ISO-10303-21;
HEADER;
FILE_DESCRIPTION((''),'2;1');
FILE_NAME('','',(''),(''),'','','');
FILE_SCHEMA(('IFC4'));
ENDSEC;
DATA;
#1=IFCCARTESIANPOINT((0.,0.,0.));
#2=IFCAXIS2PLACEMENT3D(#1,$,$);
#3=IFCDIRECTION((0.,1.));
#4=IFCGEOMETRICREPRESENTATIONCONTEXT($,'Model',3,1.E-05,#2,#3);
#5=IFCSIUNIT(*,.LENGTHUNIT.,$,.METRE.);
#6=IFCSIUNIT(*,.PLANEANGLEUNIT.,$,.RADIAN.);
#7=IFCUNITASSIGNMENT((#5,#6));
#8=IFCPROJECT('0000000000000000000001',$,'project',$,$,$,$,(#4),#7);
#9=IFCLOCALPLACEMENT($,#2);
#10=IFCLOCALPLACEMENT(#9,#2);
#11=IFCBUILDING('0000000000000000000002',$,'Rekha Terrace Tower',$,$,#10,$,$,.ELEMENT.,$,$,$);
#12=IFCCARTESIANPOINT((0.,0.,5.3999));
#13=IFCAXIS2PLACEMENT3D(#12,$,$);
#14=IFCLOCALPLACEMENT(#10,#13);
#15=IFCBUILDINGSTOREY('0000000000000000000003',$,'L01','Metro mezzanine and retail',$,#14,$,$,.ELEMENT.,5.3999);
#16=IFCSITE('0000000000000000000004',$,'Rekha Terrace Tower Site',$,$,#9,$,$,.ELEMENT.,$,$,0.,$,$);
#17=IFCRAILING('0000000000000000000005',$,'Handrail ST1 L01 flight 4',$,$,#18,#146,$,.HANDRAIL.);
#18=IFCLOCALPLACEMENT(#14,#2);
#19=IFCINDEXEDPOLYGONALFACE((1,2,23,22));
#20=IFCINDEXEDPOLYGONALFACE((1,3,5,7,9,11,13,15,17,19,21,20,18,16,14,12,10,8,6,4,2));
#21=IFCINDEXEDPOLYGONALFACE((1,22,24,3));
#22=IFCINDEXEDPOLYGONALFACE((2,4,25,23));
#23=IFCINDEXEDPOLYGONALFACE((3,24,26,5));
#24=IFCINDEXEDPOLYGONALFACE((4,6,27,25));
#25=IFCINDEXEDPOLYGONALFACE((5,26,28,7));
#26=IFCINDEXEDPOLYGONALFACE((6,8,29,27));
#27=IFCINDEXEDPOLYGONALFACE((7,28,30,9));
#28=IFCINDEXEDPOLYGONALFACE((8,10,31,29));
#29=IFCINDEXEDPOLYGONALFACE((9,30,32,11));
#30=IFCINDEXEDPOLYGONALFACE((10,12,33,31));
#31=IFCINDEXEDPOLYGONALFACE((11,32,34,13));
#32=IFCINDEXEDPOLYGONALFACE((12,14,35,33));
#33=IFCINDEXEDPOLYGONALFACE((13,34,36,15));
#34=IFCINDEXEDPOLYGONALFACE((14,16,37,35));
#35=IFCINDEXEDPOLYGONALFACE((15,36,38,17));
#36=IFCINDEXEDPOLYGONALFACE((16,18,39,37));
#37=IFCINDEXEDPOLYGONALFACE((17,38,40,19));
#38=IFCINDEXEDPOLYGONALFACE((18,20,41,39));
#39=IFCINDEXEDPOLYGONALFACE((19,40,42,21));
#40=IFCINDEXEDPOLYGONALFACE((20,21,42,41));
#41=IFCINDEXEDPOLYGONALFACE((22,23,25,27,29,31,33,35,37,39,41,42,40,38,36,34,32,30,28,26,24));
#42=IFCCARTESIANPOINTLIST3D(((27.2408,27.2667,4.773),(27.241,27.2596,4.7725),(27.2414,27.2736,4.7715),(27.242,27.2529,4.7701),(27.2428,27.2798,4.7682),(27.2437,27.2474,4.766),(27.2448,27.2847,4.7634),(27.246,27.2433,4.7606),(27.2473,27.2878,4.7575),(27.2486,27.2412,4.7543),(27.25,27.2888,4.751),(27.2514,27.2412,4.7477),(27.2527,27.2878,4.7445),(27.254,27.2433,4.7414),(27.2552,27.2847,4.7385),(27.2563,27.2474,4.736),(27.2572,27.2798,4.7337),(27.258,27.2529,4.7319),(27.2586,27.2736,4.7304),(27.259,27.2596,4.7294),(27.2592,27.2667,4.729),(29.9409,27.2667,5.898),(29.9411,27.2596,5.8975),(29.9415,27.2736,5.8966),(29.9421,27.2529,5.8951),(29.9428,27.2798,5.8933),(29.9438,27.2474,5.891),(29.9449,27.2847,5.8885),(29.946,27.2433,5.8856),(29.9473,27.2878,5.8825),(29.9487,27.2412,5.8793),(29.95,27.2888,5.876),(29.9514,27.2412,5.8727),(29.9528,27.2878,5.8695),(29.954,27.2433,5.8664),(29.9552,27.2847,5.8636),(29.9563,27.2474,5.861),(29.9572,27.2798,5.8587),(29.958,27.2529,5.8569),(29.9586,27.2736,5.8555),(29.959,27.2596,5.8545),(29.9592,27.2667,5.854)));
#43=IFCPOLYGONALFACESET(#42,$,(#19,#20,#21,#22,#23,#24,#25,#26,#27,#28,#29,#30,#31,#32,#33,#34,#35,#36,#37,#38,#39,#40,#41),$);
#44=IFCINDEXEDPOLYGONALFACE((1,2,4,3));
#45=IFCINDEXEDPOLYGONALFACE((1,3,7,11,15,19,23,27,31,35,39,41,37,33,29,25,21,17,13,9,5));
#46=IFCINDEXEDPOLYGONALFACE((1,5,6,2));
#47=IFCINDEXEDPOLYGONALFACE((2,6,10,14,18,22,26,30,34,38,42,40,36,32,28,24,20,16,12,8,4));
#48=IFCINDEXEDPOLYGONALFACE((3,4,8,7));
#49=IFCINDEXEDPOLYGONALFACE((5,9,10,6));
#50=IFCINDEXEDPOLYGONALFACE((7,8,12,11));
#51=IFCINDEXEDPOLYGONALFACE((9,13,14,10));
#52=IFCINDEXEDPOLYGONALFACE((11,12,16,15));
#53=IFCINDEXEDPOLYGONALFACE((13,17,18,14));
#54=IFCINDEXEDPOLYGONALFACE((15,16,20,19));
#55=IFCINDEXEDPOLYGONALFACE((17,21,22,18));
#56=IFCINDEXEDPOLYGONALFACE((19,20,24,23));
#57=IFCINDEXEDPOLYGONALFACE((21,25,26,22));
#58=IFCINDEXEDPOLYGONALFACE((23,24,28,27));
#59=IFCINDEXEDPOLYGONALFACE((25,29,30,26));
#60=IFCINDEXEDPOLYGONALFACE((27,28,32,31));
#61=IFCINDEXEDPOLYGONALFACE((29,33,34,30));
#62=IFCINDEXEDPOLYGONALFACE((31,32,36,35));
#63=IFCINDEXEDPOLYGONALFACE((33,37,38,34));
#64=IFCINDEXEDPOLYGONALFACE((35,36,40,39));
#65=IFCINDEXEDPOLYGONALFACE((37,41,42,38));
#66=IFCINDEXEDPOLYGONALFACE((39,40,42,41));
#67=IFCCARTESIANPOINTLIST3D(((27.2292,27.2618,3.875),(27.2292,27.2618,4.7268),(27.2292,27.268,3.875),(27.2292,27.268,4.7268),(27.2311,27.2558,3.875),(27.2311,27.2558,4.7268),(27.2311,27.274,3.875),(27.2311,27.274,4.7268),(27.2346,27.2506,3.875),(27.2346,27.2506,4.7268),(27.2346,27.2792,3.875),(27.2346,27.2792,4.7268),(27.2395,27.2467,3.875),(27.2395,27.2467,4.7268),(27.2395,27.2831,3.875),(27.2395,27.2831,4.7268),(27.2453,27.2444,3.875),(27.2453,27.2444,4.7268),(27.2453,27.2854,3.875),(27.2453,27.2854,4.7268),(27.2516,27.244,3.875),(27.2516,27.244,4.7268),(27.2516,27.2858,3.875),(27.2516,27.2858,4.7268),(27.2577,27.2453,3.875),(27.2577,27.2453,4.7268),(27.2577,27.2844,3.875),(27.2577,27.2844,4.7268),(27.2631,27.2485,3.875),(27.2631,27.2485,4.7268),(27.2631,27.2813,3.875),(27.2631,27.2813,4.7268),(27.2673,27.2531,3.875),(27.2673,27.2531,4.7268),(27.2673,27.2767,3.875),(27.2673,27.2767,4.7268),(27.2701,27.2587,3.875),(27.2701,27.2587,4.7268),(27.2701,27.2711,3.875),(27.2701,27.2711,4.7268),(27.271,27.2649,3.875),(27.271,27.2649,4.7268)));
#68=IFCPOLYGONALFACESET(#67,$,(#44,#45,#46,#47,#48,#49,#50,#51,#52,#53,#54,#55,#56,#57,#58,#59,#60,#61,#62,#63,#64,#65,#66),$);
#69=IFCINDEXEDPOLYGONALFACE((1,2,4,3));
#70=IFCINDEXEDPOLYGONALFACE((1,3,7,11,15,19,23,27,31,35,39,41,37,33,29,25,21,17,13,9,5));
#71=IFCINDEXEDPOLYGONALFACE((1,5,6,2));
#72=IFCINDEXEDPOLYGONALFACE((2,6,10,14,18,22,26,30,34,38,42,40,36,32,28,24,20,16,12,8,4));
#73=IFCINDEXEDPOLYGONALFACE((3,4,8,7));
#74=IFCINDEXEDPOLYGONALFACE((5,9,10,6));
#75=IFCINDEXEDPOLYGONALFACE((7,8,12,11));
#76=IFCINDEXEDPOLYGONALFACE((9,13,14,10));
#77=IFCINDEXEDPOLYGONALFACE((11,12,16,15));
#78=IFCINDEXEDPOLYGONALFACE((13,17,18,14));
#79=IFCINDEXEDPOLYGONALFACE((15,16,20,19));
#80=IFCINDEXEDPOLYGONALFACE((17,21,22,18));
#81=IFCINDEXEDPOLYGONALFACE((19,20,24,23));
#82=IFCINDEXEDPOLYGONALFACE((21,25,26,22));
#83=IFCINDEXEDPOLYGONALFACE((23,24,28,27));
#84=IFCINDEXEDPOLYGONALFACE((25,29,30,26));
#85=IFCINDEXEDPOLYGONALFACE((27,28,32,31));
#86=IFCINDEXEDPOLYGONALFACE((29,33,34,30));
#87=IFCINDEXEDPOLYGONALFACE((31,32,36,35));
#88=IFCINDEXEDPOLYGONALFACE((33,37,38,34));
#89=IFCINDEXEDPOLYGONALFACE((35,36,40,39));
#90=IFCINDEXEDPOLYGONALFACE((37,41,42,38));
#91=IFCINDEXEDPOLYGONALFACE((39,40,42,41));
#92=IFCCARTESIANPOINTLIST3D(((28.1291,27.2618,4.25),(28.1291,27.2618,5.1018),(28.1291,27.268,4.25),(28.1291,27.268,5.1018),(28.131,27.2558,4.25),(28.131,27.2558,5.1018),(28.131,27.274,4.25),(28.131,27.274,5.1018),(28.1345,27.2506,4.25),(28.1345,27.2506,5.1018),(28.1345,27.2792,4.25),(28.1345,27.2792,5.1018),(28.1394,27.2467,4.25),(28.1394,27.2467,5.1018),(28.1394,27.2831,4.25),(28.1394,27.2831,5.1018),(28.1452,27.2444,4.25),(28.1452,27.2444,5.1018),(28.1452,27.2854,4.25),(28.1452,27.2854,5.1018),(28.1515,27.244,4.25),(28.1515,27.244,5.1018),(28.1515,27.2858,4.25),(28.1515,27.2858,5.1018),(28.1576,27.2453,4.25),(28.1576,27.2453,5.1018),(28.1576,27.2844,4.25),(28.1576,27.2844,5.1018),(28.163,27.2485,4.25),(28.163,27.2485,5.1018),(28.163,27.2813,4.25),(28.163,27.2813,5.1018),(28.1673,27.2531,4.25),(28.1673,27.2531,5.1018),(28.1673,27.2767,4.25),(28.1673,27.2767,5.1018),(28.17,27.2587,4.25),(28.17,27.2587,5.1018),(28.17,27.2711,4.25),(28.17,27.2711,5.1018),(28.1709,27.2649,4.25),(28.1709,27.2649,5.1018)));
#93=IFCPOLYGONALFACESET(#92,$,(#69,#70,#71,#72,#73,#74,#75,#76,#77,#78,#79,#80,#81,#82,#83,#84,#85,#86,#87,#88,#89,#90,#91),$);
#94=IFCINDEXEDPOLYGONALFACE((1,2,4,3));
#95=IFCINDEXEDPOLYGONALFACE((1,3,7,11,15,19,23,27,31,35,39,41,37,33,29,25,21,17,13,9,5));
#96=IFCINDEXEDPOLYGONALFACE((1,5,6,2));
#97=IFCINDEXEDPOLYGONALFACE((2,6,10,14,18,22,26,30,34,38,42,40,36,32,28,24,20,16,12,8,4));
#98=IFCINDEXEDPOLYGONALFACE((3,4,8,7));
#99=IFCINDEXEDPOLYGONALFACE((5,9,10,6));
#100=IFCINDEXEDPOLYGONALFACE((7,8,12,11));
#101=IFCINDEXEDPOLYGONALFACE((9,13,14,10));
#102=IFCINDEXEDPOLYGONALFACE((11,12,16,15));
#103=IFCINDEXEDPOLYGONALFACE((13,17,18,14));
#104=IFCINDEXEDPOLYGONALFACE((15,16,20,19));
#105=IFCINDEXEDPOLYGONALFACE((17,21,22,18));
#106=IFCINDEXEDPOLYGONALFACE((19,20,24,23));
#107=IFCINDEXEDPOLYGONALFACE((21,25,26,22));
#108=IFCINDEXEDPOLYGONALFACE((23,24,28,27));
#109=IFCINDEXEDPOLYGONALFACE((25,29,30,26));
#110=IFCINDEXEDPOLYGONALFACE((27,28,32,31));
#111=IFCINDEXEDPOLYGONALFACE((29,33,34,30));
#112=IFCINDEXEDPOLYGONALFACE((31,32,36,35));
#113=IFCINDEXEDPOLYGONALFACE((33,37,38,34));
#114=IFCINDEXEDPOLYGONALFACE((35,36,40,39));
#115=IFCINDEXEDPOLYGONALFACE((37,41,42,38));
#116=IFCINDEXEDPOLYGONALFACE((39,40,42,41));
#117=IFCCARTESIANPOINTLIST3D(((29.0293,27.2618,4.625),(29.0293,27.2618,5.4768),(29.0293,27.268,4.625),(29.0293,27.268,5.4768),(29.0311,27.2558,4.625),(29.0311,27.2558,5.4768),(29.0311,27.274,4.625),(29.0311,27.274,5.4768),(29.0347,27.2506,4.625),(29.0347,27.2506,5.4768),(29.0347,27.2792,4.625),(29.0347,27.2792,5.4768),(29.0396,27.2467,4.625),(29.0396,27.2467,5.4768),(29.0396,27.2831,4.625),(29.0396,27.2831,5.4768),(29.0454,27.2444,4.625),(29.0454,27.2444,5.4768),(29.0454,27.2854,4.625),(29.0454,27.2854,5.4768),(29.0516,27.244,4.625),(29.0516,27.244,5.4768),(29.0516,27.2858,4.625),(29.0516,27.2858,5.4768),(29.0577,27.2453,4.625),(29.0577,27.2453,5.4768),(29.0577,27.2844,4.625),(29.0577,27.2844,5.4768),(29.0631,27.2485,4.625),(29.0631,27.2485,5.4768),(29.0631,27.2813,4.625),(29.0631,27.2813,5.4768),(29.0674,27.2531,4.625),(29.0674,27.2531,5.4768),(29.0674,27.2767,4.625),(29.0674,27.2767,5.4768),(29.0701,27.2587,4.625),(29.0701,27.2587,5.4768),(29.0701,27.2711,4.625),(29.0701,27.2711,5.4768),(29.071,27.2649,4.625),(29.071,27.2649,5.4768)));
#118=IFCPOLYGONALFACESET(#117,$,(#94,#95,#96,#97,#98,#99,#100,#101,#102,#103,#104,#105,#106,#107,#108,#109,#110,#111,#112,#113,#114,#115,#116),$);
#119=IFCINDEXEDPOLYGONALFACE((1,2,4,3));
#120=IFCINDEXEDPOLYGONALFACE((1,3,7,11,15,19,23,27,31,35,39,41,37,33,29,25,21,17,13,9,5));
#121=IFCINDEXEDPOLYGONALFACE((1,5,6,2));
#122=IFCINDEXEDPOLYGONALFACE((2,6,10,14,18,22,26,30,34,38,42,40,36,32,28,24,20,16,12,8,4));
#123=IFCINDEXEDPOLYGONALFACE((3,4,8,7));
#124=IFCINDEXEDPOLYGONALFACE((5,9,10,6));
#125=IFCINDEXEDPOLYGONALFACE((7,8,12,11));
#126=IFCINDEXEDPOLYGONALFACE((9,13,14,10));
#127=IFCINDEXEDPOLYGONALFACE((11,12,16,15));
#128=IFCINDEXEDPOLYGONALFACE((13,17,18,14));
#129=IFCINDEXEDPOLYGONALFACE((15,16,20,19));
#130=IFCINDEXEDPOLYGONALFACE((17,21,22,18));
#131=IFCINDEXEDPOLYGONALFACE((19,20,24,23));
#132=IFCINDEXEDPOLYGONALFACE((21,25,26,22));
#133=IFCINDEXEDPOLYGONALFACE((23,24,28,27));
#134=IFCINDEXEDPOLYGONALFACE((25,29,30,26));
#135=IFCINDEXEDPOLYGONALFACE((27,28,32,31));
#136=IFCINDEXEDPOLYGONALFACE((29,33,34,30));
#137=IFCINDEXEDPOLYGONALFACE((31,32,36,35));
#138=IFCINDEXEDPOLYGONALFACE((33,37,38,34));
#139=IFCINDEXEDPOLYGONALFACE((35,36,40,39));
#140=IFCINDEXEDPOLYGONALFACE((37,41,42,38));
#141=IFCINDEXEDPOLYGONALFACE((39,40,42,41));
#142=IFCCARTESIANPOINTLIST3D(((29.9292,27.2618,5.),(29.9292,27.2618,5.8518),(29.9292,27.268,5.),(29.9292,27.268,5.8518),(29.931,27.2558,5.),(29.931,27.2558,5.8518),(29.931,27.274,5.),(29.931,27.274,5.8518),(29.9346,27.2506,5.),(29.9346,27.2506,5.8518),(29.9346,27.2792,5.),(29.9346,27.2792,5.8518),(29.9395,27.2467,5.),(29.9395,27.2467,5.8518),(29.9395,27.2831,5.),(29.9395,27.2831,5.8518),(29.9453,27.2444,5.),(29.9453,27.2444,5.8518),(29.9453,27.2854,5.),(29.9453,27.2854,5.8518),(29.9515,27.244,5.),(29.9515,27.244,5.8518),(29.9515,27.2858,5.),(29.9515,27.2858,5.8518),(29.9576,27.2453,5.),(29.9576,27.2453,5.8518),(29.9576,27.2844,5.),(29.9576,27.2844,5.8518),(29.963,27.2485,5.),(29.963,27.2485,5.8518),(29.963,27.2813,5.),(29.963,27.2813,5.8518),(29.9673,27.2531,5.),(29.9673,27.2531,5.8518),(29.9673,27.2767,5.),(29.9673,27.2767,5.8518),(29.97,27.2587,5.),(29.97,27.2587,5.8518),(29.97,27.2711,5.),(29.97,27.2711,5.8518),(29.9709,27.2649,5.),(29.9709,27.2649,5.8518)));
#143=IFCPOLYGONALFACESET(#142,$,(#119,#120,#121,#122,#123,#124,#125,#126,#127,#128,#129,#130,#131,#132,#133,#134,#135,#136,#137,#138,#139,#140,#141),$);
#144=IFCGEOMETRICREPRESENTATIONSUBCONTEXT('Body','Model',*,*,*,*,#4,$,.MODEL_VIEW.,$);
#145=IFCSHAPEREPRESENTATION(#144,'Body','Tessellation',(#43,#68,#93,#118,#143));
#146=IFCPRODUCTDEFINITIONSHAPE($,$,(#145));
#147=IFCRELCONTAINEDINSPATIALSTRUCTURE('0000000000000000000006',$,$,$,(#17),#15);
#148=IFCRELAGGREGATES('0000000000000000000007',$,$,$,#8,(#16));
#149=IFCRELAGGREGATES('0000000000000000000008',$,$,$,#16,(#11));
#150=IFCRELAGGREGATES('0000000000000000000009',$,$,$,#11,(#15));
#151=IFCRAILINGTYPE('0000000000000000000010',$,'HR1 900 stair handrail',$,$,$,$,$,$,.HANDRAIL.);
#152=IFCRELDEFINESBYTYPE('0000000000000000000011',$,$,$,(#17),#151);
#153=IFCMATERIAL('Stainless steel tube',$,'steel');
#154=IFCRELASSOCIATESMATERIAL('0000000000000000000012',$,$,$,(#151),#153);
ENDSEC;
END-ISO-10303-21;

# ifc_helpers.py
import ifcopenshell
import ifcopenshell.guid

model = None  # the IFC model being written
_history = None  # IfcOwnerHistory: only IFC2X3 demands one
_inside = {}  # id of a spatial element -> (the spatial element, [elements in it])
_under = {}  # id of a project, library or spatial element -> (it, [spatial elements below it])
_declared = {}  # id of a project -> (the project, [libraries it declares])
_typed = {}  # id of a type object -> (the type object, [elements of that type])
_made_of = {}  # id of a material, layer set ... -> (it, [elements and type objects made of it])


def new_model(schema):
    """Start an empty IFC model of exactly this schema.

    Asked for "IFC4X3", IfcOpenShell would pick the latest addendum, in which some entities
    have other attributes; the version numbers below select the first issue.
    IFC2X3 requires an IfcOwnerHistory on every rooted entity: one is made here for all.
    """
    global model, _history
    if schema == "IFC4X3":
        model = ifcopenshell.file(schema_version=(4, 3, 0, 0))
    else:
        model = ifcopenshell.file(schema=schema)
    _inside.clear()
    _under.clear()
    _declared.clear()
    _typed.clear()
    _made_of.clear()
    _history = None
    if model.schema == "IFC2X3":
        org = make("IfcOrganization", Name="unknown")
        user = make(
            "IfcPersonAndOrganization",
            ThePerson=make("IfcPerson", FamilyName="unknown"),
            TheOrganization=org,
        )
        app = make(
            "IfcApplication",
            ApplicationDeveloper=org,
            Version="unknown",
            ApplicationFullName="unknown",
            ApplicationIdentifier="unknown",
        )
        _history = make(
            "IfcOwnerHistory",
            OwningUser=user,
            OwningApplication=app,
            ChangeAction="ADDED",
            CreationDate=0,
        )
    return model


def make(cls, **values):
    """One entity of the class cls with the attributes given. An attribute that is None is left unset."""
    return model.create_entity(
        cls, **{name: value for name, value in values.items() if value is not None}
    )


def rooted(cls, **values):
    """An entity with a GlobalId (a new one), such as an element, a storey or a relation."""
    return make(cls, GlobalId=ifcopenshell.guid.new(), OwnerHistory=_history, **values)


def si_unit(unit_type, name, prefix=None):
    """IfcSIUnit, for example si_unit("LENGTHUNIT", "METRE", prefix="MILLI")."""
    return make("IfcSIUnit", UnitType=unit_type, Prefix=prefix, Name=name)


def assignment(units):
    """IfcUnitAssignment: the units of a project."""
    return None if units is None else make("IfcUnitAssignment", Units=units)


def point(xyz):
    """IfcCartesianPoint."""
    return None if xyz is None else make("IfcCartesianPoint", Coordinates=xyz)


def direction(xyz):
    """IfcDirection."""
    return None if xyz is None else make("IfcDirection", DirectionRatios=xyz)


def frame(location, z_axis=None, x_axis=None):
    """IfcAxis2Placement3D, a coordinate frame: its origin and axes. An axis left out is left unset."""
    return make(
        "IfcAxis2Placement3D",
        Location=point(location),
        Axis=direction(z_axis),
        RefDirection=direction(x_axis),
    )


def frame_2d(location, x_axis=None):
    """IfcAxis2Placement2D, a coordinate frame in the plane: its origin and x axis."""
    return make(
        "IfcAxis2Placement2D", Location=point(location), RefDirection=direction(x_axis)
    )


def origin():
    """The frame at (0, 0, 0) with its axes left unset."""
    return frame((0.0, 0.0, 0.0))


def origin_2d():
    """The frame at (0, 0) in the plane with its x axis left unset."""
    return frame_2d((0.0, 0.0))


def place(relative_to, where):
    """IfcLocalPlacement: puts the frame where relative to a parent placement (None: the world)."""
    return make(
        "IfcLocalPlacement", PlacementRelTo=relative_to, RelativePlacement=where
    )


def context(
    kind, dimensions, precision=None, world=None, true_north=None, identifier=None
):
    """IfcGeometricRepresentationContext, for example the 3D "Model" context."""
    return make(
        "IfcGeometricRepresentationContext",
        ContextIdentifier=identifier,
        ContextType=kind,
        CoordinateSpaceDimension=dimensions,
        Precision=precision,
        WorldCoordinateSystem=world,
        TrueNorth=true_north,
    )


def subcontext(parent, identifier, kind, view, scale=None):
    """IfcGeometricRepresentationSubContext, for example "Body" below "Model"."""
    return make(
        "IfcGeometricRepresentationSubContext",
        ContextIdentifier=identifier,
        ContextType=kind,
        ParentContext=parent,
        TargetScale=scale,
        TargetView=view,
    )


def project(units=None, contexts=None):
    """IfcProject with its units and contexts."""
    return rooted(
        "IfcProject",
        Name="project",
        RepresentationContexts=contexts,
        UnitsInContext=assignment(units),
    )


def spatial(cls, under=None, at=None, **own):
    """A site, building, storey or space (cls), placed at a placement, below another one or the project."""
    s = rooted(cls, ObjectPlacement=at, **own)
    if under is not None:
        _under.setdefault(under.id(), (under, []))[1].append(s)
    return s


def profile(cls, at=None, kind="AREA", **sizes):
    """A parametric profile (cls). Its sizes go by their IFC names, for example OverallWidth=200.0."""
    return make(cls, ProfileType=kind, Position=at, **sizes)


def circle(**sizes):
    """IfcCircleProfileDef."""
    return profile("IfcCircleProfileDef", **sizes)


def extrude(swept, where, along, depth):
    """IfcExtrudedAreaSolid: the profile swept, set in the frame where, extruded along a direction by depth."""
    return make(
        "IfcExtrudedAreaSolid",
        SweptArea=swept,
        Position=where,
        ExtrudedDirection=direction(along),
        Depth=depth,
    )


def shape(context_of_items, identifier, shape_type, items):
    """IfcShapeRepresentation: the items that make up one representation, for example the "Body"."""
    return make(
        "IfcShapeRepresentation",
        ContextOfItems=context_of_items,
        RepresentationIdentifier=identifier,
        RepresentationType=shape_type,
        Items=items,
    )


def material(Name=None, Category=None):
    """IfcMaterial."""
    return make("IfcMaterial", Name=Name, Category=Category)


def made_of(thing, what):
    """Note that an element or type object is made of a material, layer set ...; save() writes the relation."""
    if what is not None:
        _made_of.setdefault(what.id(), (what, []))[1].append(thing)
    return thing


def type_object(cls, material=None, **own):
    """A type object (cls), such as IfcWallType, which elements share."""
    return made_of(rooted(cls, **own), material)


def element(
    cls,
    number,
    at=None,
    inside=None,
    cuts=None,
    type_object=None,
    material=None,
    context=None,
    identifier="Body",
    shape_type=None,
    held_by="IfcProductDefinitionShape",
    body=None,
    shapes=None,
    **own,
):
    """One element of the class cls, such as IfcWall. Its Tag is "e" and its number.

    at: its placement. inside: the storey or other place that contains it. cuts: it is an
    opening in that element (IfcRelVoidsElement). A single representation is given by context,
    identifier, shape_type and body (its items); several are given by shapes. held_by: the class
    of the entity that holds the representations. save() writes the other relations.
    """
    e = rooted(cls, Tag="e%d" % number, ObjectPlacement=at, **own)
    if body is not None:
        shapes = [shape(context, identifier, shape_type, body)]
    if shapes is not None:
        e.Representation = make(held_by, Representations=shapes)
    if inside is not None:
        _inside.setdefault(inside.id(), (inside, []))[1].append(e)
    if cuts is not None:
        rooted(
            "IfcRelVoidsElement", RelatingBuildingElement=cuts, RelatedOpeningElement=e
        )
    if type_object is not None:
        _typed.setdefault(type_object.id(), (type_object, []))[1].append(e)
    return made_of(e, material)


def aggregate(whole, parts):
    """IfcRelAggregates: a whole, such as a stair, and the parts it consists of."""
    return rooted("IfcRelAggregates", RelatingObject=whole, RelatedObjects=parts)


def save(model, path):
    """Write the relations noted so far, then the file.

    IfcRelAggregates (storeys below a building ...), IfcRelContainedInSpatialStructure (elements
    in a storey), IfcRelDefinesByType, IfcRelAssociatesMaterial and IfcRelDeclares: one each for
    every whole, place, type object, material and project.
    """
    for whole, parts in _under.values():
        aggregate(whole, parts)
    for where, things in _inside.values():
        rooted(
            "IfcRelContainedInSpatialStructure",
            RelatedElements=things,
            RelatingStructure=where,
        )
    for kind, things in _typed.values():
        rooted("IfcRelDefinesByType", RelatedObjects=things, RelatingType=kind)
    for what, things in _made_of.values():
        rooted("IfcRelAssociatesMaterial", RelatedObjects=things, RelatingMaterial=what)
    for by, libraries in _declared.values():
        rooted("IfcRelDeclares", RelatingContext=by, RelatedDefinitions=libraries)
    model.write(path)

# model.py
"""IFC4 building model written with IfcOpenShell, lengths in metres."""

from ifc_helpers import new_model, si_unit, direction, frame, origin, origin_2d, place, context, subcontext, project, spatial, circle, extrude, material, type_object, element, save


model = new_model("IFC4")

# Units and contexts
model_context = context("Model", 3, precision=1e-05, world=origin(), true_north=direction((0.0, 1.0)))
body_context = subcontext(model_context, "Body", "Model", "MODEL_VIEW")
ifc_project = project(units=[si_unit("LENGTHUNIT", "METRE"), si_unit("PLANEANGLEUNIT", "RADIAN")], contexts=[model_context])

# Site, building, storey
site_placement = place(None, origin())
site = spatial("IfcSite", under=ifc_project, at=site_placement, Name="Rekha Terrace Tower Site", CompositionType="ELEMENT", RefElevation=0.0)
building_placement = place(site_placement, origin())
building = spatial("IfcBuilding", under=site, at=building_placement, Name="Rekha Terrace Tower", CompositionType="ELEMENT")
storey_placement = place(building_placement, frame((0.0, 0.0, 5.3999)))
storey = spatial("IfcBuildingStorey", under=building, at=storey_placement, Name="L01", Description="Metro mezzanine and retail", CompositionType="ELEMENT", Elevation=5.3999)

# Railing
ifc_material_1 = material(Name="Stainless steel tube", Category="steel")
railing_type_1 = type_object("IfcRailingType", Name="HR1 900 stair handrail", PredefinedType="HANDRAIL", material=ifc_material_1)
for number, where, name in (
    (1, (27.25, 27.2649, 3.875), "Handrail ST1 L01 flight 4"),
):
    element("IfcRailing", number, at=place(storey_placement, frame(where)), inside=storey, type_object=railing_type_1, Name=name, PredefinedType="HANDRAIL", context=body_context, shape_type="SweptSolid", body=[
        extrude(circle(Radius=0.0239, at=origin_2d()), frame((0.0, 0.0, 0.876), z_axis=(0.923074, 0.0, 0.384621), x_axis=(0.0, 1.0, 0.0)), (0.0, 0.0, 1.0), 2.925),
        extrude(circle(Radius=0.021, at=origin_2d()), origin(), (0.0, 0.0, 1.0), 0.8518),
        extrude(circle(Radius=0.021, at=origin_2d()), frame((0.8999, 0.0, 0.375)), (0.0, 0.0, 1.0), 0.8518),
        extrude(circle(Radius=0.021, at=origin_2d()), frame((1.8, 0.0, 0.75)), (0.0, 0.0, 1.0), 0.8518),
        extrude(circle(Radius=0.021, at=origin_2d()), frame((2.7, 0.0, 1.125)), (0.0, 0.0, 1.0), 0.8518),
    ])

save(model, "model.ifc")
